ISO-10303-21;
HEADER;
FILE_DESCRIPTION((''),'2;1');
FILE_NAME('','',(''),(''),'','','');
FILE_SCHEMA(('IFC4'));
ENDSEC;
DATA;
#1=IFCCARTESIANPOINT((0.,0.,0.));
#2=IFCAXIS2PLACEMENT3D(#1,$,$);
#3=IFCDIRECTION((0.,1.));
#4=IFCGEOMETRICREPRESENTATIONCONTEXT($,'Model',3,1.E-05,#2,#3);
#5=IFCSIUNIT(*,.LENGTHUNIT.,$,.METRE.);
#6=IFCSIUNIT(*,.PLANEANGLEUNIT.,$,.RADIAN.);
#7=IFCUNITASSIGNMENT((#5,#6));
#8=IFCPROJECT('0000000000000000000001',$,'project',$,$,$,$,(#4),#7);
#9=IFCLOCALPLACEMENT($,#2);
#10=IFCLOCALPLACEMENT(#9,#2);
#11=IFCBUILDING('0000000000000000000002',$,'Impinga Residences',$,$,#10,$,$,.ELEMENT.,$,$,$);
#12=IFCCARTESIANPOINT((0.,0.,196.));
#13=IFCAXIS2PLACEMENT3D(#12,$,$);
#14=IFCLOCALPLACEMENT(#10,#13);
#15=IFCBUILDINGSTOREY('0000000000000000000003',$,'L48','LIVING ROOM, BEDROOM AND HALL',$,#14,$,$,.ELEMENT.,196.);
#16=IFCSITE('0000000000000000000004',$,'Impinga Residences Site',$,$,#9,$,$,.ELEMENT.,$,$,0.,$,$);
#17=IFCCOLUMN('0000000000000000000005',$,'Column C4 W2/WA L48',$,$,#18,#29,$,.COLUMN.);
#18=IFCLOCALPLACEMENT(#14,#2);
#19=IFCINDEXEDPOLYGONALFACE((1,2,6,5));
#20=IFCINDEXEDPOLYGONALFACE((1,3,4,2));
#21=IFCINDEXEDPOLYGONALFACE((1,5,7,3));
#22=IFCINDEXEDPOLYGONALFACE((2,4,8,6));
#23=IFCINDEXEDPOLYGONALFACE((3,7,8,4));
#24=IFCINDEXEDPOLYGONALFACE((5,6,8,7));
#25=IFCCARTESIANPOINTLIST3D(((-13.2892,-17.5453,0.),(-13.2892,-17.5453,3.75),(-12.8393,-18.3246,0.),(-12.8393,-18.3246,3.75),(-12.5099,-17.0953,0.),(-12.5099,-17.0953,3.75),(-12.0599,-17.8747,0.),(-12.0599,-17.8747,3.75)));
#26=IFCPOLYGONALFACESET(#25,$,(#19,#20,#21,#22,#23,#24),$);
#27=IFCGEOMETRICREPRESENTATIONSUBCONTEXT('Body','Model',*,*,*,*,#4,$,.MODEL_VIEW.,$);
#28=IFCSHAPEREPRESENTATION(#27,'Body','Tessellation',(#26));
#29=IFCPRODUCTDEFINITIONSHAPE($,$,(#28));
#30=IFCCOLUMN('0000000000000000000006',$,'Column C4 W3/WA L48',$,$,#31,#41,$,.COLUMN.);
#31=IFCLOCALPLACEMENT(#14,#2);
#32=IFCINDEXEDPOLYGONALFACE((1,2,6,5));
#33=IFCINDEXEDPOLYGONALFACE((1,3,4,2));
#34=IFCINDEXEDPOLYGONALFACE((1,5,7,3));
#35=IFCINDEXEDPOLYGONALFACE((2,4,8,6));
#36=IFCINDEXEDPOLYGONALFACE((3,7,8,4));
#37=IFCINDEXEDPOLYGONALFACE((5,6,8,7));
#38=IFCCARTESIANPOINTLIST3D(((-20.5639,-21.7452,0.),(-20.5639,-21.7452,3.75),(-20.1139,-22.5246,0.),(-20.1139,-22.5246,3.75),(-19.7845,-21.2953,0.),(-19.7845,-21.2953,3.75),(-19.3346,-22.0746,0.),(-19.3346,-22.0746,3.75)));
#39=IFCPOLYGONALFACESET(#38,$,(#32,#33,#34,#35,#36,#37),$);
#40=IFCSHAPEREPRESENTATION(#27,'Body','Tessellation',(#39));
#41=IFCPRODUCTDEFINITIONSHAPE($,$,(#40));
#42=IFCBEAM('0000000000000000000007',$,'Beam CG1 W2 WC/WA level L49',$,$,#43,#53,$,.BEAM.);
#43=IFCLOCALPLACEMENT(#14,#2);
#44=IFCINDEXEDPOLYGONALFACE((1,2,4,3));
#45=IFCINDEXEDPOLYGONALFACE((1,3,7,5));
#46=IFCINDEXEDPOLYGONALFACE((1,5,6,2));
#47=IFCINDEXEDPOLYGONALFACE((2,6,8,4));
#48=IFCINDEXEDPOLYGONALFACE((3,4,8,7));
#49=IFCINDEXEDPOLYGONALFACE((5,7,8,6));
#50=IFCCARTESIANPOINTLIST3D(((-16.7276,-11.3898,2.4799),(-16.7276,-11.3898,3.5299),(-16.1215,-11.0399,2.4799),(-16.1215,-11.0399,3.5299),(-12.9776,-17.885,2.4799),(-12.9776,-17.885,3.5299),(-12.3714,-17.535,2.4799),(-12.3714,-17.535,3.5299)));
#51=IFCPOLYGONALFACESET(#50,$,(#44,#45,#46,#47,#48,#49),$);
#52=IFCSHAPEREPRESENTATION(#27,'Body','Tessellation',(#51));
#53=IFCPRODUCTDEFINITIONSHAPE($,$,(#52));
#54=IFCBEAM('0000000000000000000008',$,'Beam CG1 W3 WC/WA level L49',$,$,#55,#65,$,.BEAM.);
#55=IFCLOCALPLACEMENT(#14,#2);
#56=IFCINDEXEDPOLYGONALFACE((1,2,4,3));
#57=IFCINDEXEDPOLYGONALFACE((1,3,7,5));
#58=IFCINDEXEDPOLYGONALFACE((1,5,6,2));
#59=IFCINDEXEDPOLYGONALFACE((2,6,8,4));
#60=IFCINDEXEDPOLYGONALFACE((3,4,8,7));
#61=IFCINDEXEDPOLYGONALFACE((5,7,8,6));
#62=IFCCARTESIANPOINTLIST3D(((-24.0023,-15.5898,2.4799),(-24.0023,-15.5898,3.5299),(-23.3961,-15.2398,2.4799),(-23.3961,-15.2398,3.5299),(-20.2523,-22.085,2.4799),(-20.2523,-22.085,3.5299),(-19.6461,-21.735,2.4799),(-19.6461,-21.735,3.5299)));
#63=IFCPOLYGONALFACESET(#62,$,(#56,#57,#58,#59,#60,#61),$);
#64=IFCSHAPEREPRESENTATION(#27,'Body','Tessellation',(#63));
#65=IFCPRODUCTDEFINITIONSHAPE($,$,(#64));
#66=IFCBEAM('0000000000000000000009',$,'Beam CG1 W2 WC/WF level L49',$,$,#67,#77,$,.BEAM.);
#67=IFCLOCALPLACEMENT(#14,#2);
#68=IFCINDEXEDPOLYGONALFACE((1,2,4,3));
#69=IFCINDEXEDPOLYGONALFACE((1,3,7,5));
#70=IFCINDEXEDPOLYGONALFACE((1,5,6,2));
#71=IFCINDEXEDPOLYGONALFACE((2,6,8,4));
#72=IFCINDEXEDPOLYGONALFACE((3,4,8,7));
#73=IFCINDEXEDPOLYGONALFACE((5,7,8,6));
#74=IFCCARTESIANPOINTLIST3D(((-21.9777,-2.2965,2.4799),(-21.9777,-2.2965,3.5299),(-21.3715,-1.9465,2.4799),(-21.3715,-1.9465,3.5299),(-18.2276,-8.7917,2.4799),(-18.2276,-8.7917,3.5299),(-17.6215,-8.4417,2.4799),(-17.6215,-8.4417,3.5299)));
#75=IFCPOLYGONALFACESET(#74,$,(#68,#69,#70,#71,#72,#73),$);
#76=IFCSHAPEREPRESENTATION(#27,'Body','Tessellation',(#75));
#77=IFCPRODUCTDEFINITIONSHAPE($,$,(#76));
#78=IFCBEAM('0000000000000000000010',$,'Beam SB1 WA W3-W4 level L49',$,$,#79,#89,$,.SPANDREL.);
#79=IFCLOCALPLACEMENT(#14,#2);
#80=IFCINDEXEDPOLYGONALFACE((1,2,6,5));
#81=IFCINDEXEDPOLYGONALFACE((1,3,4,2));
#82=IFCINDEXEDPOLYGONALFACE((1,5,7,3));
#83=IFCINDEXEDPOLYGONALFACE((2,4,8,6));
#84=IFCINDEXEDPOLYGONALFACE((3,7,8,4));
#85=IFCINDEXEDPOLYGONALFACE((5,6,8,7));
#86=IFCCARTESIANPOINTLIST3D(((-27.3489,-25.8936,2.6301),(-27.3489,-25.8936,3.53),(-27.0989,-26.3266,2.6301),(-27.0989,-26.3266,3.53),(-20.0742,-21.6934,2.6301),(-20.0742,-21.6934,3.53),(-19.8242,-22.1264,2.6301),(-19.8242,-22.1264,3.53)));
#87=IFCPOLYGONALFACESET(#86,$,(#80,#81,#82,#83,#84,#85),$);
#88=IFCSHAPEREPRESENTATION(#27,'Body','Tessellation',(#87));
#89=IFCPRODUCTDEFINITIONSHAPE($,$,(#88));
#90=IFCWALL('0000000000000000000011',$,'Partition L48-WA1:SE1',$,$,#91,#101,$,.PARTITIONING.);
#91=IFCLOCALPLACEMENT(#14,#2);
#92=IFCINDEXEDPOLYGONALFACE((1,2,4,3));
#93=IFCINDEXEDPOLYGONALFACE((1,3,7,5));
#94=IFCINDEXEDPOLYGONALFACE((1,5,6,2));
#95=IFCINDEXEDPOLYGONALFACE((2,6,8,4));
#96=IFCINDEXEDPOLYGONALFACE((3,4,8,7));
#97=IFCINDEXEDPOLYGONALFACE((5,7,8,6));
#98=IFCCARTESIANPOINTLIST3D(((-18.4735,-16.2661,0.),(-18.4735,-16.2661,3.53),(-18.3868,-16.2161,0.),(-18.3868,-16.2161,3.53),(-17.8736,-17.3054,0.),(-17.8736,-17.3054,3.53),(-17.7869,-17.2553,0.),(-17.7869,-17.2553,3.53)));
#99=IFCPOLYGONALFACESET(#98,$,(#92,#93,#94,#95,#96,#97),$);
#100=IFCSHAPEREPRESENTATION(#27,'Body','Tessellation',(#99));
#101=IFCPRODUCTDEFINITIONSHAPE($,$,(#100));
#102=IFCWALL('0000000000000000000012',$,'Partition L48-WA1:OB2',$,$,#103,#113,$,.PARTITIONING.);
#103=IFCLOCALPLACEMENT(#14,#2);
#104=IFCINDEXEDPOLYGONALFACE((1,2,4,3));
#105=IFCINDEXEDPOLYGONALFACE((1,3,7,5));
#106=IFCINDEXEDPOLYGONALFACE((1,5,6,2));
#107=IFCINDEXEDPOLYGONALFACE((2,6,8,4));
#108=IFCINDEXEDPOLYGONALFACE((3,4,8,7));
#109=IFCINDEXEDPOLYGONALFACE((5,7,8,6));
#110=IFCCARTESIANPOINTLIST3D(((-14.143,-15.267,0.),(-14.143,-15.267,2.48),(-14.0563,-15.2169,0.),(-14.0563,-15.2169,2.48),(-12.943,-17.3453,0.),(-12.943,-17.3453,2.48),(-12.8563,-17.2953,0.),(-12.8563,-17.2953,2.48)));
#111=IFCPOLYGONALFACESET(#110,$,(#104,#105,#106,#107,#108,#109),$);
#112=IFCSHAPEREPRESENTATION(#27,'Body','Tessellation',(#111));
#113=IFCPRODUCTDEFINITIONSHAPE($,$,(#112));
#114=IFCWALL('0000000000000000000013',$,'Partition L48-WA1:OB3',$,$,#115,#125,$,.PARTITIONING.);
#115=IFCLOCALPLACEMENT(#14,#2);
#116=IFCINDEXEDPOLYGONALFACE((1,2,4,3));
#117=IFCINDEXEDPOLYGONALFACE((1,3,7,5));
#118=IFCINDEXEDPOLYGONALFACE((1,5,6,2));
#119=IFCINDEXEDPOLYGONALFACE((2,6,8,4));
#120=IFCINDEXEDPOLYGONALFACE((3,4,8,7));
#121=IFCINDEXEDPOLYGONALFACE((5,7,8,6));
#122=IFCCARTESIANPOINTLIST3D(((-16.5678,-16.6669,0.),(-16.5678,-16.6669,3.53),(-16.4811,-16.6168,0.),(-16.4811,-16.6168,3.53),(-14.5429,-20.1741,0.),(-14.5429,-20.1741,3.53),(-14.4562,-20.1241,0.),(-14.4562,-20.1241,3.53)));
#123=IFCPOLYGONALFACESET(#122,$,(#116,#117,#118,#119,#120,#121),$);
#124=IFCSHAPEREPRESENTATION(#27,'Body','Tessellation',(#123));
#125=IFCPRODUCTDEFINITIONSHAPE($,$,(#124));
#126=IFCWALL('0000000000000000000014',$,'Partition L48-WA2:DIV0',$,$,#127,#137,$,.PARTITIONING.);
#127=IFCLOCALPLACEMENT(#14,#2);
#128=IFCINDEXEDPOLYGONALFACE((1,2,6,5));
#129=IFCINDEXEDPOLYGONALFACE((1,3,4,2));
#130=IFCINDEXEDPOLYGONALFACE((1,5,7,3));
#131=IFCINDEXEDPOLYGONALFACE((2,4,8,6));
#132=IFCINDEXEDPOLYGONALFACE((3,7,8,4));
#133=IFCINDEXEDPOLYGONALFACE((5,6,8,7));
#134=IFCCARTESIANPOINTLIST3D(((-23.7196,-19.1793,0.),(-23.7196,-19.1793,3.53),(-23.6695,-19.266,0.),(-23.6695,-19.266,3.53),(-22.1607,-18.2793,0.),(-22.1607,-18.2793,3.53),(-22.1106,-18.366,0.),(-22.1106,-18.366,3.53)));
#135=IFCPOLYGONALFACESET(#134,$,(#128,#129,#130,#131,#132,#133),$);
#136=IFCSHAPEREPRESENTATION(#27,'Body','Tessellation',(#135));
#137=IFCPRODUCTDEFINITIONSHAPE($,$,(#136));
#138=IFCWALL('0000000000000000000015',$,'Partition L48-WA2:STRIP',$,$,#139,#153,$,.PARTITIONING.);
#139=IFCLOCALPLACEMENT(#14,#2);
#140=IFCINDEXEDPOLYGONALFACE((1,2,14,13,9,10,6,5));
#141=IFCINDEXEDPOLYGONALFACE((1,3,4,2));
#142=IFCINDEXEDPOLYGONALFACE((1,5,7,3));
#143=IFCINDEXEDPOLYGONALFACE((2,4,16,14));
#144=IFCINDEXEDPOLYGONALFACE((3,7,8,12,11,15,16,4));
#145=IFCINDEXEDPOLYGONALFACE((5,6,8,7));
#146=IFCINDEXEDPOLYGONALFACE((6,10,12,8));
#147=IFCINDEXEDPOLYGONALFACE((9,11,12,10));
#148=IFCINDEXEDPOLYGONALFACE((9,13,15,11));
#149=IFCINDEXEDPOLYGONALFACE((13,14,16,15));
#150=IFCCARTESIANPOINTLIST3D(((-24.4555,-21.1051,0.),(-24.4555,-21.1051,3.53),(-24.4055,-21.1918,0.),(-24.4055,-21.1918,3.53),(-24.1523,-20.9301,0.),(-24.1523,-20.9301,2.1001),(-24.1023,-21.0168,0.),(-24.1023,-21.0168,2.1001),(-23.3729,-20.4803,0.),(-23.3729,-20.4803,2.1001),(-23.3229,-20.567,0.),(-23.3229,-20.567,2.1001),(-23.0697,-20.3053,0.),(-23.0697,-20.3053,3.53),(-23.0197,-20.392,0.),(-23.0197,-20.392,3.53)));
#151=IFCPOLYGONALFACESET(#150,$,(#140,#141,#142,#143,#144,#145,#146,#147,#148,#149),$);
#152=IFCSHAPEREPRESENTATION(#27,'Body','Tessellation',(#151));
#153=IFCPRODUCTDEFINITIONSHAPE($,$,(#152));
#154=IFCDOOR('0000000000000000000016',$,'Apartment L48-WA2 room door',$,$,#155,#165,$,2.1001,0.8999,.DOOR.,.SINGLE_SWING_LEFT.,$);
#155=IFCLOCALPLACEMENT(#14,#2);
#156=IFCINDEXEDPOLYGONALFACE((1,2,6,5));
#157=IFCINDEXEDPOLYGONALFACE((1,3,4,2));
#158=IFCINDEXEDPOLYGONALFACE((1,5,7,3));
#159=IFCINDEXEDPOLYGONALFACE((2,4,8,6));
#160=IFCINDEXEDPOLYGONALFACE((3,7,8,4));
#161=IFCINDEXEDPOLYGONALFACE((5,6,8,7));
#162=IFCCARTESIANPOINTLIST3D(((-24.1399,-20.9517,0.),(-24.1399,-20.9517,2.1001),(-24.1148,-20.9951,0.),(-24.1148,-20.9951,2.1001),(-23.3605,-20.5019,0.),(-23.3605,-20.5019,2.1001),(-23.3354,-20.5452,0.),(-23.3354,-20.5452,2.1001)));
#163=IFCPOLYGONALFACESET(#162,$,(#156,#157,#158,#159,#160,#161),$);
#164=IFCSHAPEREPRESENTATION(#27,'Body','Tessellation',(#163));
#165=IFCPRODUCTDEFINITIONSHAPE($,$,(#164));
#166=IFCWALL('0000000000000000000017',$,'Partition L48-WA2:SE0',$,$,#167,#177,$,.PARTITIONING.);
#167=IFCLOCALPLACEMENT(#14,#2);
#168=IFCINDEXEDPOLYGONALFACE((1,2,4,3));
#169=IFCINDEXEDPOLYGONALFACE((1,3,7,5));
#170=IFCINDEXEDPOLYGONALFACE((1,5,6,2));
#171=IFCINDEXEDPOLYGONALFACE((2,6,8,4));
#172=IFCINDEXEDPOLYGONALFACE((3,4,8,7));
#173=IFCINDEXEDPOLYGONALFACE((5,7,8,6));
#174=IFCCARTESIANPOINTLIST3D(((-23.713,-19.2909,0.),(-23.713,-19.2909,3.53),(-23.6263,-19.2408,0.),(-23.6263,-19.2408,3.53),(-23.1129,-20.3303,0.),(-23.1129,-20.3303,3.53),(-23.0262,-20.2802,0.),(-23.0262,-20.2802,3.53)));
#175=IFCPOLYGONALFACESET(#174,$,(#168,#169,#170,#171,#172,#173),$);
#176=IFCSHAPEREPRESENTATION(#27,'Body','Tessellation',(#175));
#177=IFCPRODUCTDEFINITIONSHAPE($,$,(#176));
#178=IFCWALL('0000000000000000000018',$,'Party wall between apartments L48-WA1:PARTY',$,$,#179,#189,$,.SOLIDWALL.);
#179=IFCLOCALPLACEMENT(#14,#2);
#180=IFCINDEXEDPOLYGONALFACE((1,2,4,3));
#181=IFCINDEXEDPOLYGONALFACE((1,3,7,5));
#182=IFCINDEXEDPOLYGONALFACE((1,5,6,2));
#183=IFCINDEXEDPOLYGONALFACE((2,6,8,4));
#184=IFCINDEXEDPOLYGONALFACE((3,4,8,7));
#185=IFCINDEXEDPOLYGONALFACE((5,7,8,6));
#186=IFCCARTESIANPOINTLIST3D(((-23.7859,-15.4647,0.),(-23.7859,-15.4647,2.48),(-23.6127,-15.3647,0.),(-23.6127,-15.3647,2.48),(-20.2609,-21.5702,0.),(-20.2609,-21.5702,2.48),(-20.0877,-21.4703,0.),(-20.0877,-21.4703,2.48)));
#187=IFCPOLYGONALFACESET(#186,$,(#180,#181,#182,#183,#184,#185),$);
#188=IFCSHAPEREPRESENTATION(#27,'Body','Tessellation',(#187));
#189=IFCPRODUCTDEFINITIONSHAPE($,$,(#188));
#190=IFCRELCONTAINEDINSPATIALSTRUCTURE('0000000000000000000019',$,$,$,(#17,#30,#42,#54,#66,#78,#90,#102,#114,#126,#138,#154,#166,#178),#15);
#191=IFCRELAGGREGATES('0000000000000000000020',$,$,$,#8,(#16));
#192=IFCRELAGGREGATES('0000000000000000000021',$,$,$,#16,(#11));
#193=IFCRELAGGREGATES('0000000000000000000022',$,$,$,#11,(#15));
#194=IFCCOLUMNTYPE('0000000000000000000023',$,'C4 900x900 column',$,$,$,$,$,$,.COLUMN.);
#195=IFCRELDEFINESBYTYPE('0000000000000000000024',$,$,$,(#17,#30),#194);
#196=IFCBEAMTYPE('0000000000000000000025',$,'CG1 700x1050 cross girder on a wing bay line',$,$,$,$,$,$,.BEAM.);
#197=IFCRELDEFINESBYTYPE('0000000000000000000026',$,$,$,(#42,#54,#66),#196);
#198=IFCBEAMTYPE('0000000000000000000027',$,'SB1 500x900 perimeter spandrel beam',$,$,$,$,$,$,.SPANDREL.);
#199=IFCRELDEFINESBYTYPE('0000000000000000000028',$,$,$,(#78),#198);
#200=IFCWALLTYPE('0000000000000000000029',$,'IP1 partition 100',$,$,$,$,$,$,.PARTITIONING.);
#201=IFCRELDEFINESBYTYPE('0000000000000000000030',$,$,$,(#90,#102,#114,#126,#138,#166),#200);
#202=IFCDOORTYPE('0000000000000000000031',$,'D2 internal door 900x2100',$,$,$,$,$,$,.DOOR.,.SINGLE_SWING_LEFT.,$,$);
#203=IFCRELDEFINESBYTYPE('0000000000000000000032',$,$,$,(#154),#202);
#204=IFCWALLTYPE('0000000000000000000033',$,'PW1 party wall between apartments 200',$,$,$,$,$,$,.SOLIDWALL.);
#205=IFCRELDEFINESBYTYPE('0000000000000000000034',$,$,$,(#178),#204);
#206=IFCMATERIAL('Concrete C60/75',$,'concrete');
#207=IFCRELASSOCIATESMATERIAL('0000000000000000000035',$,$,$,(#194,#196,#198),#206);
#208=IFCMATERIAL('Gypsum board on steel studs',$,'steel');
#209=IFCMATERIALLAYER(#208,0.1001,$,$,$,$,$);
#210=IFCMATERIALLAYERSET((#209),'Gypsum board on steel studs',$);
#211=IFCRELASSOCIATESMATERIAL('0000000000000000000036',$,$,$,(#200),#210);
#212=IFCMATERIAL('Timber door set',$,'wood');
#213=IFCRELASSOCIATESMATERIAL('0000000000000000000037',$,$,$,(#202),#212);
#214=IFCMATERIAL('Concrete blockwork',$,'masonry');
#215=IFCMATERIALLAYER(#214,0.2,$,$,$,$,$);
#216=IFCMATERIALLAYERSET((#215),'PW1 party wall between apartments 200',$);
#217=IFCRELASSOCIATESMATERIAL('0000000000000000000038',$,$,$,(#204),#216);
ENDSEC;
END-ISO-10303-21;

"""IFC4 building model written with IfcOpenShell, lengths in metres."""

from ifc_helpers import new_model, si_unit, direction, frame, frame_2d, origin, origin_2d, place, context, subcontext, project, spatial, rectangle, extrude, material, layer, layer_set, material_profile, profile_set, type_object, element, fill, save


model = new_model("IFC4")

# Units and contexts
model_context = context("Model", 3, precision=1e-05, world=origin(), true_north=direction((0.0, 1.0)))
body_context = subcontext(model_context, "Body", "Model", "MODEL_VIEW")
ifc_project = project(units=[si_unit("LENGTHUNIT", "METRE"), si_unit("PLANEANGLEUNIT", "RADIAN")], contexts=[model_context])

# Site, building, storey
site_placement = place(None, origin())
site = spatial("IfcSite", under=ifc_project, at=site_placement, Name="Impinga Residences Site", CompositionType="ELEMENT", RefElevation=0.0)
building_placement = place(site_placement, origin())
building = spatial("IfcBuilding", under=site, at=building_placement, Name="Impinga Residences", CompositionType="ELEMENT")
storey_placement = place(building_placement, frame((0.0, 0.0, 196.0)))
storey = spatial("IfcBuildingStorey", under=building, at=storey_placement, Name="L48", Description="LIVING ROOM, BEDROOM AND HALL", CompositionType="ELEMENT", Elevation=196.0)

# Columns
ifc_material_1 = material(Name="Concrete C60/75", Category="concrete")
ifc_material_profile_1 = material_profile(ifc_material_1, rectangle(XDim=0.8999, YDim=0.8999, at=origin_2d()), Name="RC 900x900")
ifc_profile_set_1 = profile_set([ifc_material_profile_1], Name="Concrete C60/75")
column_type = type_object("IfcColumnType", Name="C4 900x900 column", PredefinedType="COLUMN", material=ifc_profile_set_1)
for number, where, z_axis, x_axis, name in (
    (1, (-12.6746, -17.71, 0.0), (0.0, 0.0, 1.0), (-0.5, 0.866025, 0.0), "Column C4 W2/WA L48"),
    (2, (-19.9492, -21.9099, 0.0), (0.0, 0.0, 1.0), (-0.5, 0.866025, 0.0), "Column C4 W3/WA L48"),
):
    element("IfcColumn", number, at=place(storey_placement, frame(where, z_axis=z_axis, x_axis=x_axis)), inside=storey, type_object=column_type, Name=name, PredefinedType="COLUMN", context=body_context, shape_type="SweptSolid", body=[
        extrude(rectangle(XDim=0.8999, YDim=0.8999, at=origin_2d()), origin(), (0.0, 0.0, 1.0), 3.75),
    ])

# Beams
ifc_material_profile_2 = material_profile(ifc_material_1, rectangle(XDim=0.7, YDim=1.05, at=origin_2d()), Name="RC 700x1050")
ifc_profile_set_2 = profile_set([ifc_material_profile_2], Name="Concrete C60/75")
beam_type_1 = type_object("IfcBeamType", Name="CG1 700x1050 cross girder on a wing bay line", PredefinedType="BEAM", material=ifc_profile_set_2)
for number, where, z_axis, x_axis, name in (
    (3, (-16.4246, -11.2148, 3.0049), (0.500004, -0.866023, 0.0), (0.866023, 0.500004, 0.0), "Beam CG1 W2 WC/WA level L49"),
    (4, (-23.6992, -15.4148, 3.0049), (0.500004, -0.866023, 0.0), (0.866023, 0.500004, 0.0), "Beam CG1 W3 WC/WA level L49"),
    (5, (-17.9246, -8.6167, 3.0049), (-0.500004, 0.866023, 0.0), (-0.866023, -0.500004, 0.0), "Beam CG1 W2 WC/WF level L49"),
):
    element("IfcBeam", number, at=place(storey_placement, frame(where, z_axis=z_axis, x_axis=x_axis)), inside=storey, type_object=beam_type_1, Name=name, PredefinedType="BEAM", context=body_context, shape_type="SweptSolid", body=[
        extrude(rectangle(XDim=0.7, YDim=1.05, at=origin_2d()), origin(), (0.0, 0.0, 1.0), 7.5),
    ])
ifc_material_profile_3 = material_profile(ifc_material_1, rectangle(XDim=0.5, YDim=0.8999, at=origin_2d()), Name="RC 500x900")
ifc_profile_set_3 = profile_set([ifc_material_profile_3], Name="Concrete C60/75")
beam_type_2 = type_object("IfcBeamType", Name="SB1 500x900 perimeter spandrel beam", PredefinedType="SPANDREL", material=ifc_profile_set_3)
beam_placement = place(storey_placement, frame((-19.9492, -21.9099, 3.0801), z_axis=(-0.866017, -0.500015, 0.0), x_axis=(0.500015, -0.866017, 0.0)))
element("IfcBeam", 6, at=beam_placement, inside=storey, type_object=beam_type_2, Name="Beam SB1 WA W3-W4 level L49", PredefinedType="SPANDREL", context=body_context, shape_type="SweptSolid", body=[
    extrude(rectangle(XDim=0.5, YDim=0.8999, at=origin_2d()), origin(), (0.0, 0.0, 1.0), 8.4001),
])

# Walls
ifc_material_2 = material(Name="Gypsum board on steel studs", Category="steel")
ifc_layer_1 = layer(ifc_material_2, 0.1001)
ifc_layer_set_1 = layer_set([ifc_layer_1], Name="Gypsum board on steel studs")
wall_type_1 = type_object("IfcWallType", Name="IP1 partition 100", PredefinedType="PARTITIONING", material=ifc_layer_set_1)
wall_1_placement = place(storey_placement, frame((-18.4302, -16.241, 0.0), z_axis=(0.0, 0.0, 1.0), x_axis=(0.499881, -0.866094, 0.0)))
element("IfcWall", 7, at=wall_1_placement, inside=storey, type_object=wall_type_1, Name="Partition L48-WA1:SE1", PredefinedType="PARTITIONING", context=body_context, shape_type="SweptSolid", body=[
    extrude(rectangle(XDim=1.2, YDim=0.1001, at=frame_2d((0.6001, 0.0))), origin(), (0.0, 0.0, 1.0), 3.53),
])
wall_2_placement = place(storey_placement, frame((-14.0996, -15.2419, 0.0), z_axis=(0.0, 0.0, 1.0), x_axis=(0.500001, -0.866025, 0.0)))
element("IfcWall", 8, at=wall_2_placement, inside=storey, type_object=wall_type_1, Name="Partition L48-WA1:OB2", PredefinedType="PARTITIONING", context=body_context, shape_type="SweptSolid", body=[
    extrude(rectangle(XDim=2.3999, YDim=0.1001, at=frame_2d((1.2, 0.0))), origin(), (0.0, 0.0, 1.0), 2.48),
])
wall_3_placement = place(storey_placement, frame((-16.5244, -16.6418, 0.0), z_axis=(0.0, 0.0, 1.0), x_axis=(0.49999, -0.866031, 0.0)))
element("IfcWall", 9, at=wall_3_placement, inside=storey, type_object=wall_type_1, Name="Partition L48-WA1:OB3", PredefinedType="PARTITIONING", context=body_context, shape_type="SweptSolid", body=[
    extrude(rectangle(XDim=4.0498, YDim=0.1001, at=frame_2d((2.0249, 0.0))), origin(), (0.0, 0.0, 1.0), 3.53),
])
wall_4_placement = place(storey_placement, frame((-22.1357, -18.3228, 0.0), z_axis=(0.0, 0.0, 1.0), x_axis=(-0.866048, -0.499961, 0.0)))
element("IfcWall", 10, at=wall_4_placement, inside=storey, type_object=wall_type_1, Name="Partition L48-WA2:DIV0", PredefinedType="PARTITIONING", context=body_context, shape_type="SweptSolid", body=[
    extrude(rectangle(XDim=1.8, YDim=0.1001, at=frame_2d((0.8999, 0.0))), origin(), (0.0, 0.0, 1.0), 3.53),
])

# Wall, opening, door
wall_5_placement = place(storey_placement, frame((-23.0447, -20.3486, 0.0), z_axis=(0.0, 0.0, 1.0), x_axis=(-0.866094, -0.499881, 0.0)))
wall_5 = element("IfcWall", 11, at=wall_5_placement, inside=storey, type_object=wall_type_1, Name="Partition L48-WA2:STRIP", PredefinedType="PARTITIONING", context=body_context, shape_type="SweptSolid", body=[
    extrude(rectangle(XDim=1.6001, YDim=0.1001, at=frame_2d((0.8, 0.0))), origin(), (0.0, 0.0, 1.0), 3.53),
])
opening_placement = place(wall_5_placement, frame((0.3501, 0.0, 0.0)))
opening = element("IfcOpeningElement", 12, at=opening_placement, cuts=wall_5, PredefinedType="OPENING", context=body_context, shape_type="SweptSolid", body=[
    extrude(rectangle(XDim=0.8999, YDim=2.1001, at=frame_2d((0.45, 1.05))), frame((0.0, 0.0601, 0.0), z_axis=(0.0, -1.0, 0.0), x_axis=(1.0, 0.0, 0.0)), (0.0, 0.0, 1.0), 0.1201),
])
ifc_material_3 = material(Name="Timber door set", Category="wood")
door_type = type_object("IfcDoorType", Name="D2 internal door 900x2100", OperationType="SINGLE_SWING_LEFT", PredefinedType="DOOR", material=ifc_material_3)
door_placement = place(opening_placement, origin())
door = element("IfcDoor", 13, at=door_placement, inside=storey, type_object=door_type, Name="Apartment L48-WA2 room door", OperationType="SINGLE_SWING_LEFT", OverallHeight=2.1001, OverallWidth=0.8999, PredefinedType="DOOR", context=body_context, shape_type="SweptSolid", body=[
    extrude(rectangle(XDim=0.8999, YDim=2.1001, at=frame_2d((0.45, 1.05))), frame((0.0, 0.0249, 0.0), z_axis=(0.0, -1.0, 0.0), x_axis=(1.0, 0.0, 0.0)), (0.0, 0.0, 1.0), 0.05),
])
fill(opening, door)

# Walls
wall_6_placement = place(storey_placement, frame((-23.6697, -19.2659, 0.0), z_axis=(0.0, 0.0, 1.0), x_axis=(0.500034, -0.866006, 0.0)))
element("IfcWall", 14, at=wall_6_placement, inside=storey, type_object=wall_type_1, Name="Partition L48-WA2:SE0", PredefinedType="PARTITIONING", context=body_context, shape_type="SweptSolid", body=[
    extrude(rectangle(XDim=1.2002, YDim=0.1001, at=frame_2d((0.6001, 0.0))), origin(), (0.0, 0.0, 1.0), 3.53),
])
ifc_material_4 = material(Name="Concrete blockwork", Category="masonry")
ifc_layer_2 = layer(ifc_material_4, 0.2)
ifc_layer_set_2 = layer_set([ifc_layer_2], Name="PW1 party wall between apartments 200")
wall_type_2 = type_object("IfcWallType", Name="PW1 party wall between apartments 200", PredefinedType="SOLIDWALL", material=ifc_layer_set_2)
wall_7_placement = place(storey_placement, frame((-23.6992, -15.4148, 0.0), z_axis=(0.0, 0.0, 1.0), x_axis=(0.49999, -0.866031, 0.0)))
element("IfcWall", 15, at=wall_7_placement, inside=storey, type_object=wall_type_2, Name="Party wall between apartments L48-WA1:PARTY", PredefinedType="SOLIDWALL", context=body_context, shape_type="SweptSolid", body=[
    extrude(rectangle(XDim=7.05, YDim=0.2, at=frame_2d((3.5249, 0.0))), origin(), (0.0, 0.0, 1.0), 2.48),
])

save(model, "model.ifc")
